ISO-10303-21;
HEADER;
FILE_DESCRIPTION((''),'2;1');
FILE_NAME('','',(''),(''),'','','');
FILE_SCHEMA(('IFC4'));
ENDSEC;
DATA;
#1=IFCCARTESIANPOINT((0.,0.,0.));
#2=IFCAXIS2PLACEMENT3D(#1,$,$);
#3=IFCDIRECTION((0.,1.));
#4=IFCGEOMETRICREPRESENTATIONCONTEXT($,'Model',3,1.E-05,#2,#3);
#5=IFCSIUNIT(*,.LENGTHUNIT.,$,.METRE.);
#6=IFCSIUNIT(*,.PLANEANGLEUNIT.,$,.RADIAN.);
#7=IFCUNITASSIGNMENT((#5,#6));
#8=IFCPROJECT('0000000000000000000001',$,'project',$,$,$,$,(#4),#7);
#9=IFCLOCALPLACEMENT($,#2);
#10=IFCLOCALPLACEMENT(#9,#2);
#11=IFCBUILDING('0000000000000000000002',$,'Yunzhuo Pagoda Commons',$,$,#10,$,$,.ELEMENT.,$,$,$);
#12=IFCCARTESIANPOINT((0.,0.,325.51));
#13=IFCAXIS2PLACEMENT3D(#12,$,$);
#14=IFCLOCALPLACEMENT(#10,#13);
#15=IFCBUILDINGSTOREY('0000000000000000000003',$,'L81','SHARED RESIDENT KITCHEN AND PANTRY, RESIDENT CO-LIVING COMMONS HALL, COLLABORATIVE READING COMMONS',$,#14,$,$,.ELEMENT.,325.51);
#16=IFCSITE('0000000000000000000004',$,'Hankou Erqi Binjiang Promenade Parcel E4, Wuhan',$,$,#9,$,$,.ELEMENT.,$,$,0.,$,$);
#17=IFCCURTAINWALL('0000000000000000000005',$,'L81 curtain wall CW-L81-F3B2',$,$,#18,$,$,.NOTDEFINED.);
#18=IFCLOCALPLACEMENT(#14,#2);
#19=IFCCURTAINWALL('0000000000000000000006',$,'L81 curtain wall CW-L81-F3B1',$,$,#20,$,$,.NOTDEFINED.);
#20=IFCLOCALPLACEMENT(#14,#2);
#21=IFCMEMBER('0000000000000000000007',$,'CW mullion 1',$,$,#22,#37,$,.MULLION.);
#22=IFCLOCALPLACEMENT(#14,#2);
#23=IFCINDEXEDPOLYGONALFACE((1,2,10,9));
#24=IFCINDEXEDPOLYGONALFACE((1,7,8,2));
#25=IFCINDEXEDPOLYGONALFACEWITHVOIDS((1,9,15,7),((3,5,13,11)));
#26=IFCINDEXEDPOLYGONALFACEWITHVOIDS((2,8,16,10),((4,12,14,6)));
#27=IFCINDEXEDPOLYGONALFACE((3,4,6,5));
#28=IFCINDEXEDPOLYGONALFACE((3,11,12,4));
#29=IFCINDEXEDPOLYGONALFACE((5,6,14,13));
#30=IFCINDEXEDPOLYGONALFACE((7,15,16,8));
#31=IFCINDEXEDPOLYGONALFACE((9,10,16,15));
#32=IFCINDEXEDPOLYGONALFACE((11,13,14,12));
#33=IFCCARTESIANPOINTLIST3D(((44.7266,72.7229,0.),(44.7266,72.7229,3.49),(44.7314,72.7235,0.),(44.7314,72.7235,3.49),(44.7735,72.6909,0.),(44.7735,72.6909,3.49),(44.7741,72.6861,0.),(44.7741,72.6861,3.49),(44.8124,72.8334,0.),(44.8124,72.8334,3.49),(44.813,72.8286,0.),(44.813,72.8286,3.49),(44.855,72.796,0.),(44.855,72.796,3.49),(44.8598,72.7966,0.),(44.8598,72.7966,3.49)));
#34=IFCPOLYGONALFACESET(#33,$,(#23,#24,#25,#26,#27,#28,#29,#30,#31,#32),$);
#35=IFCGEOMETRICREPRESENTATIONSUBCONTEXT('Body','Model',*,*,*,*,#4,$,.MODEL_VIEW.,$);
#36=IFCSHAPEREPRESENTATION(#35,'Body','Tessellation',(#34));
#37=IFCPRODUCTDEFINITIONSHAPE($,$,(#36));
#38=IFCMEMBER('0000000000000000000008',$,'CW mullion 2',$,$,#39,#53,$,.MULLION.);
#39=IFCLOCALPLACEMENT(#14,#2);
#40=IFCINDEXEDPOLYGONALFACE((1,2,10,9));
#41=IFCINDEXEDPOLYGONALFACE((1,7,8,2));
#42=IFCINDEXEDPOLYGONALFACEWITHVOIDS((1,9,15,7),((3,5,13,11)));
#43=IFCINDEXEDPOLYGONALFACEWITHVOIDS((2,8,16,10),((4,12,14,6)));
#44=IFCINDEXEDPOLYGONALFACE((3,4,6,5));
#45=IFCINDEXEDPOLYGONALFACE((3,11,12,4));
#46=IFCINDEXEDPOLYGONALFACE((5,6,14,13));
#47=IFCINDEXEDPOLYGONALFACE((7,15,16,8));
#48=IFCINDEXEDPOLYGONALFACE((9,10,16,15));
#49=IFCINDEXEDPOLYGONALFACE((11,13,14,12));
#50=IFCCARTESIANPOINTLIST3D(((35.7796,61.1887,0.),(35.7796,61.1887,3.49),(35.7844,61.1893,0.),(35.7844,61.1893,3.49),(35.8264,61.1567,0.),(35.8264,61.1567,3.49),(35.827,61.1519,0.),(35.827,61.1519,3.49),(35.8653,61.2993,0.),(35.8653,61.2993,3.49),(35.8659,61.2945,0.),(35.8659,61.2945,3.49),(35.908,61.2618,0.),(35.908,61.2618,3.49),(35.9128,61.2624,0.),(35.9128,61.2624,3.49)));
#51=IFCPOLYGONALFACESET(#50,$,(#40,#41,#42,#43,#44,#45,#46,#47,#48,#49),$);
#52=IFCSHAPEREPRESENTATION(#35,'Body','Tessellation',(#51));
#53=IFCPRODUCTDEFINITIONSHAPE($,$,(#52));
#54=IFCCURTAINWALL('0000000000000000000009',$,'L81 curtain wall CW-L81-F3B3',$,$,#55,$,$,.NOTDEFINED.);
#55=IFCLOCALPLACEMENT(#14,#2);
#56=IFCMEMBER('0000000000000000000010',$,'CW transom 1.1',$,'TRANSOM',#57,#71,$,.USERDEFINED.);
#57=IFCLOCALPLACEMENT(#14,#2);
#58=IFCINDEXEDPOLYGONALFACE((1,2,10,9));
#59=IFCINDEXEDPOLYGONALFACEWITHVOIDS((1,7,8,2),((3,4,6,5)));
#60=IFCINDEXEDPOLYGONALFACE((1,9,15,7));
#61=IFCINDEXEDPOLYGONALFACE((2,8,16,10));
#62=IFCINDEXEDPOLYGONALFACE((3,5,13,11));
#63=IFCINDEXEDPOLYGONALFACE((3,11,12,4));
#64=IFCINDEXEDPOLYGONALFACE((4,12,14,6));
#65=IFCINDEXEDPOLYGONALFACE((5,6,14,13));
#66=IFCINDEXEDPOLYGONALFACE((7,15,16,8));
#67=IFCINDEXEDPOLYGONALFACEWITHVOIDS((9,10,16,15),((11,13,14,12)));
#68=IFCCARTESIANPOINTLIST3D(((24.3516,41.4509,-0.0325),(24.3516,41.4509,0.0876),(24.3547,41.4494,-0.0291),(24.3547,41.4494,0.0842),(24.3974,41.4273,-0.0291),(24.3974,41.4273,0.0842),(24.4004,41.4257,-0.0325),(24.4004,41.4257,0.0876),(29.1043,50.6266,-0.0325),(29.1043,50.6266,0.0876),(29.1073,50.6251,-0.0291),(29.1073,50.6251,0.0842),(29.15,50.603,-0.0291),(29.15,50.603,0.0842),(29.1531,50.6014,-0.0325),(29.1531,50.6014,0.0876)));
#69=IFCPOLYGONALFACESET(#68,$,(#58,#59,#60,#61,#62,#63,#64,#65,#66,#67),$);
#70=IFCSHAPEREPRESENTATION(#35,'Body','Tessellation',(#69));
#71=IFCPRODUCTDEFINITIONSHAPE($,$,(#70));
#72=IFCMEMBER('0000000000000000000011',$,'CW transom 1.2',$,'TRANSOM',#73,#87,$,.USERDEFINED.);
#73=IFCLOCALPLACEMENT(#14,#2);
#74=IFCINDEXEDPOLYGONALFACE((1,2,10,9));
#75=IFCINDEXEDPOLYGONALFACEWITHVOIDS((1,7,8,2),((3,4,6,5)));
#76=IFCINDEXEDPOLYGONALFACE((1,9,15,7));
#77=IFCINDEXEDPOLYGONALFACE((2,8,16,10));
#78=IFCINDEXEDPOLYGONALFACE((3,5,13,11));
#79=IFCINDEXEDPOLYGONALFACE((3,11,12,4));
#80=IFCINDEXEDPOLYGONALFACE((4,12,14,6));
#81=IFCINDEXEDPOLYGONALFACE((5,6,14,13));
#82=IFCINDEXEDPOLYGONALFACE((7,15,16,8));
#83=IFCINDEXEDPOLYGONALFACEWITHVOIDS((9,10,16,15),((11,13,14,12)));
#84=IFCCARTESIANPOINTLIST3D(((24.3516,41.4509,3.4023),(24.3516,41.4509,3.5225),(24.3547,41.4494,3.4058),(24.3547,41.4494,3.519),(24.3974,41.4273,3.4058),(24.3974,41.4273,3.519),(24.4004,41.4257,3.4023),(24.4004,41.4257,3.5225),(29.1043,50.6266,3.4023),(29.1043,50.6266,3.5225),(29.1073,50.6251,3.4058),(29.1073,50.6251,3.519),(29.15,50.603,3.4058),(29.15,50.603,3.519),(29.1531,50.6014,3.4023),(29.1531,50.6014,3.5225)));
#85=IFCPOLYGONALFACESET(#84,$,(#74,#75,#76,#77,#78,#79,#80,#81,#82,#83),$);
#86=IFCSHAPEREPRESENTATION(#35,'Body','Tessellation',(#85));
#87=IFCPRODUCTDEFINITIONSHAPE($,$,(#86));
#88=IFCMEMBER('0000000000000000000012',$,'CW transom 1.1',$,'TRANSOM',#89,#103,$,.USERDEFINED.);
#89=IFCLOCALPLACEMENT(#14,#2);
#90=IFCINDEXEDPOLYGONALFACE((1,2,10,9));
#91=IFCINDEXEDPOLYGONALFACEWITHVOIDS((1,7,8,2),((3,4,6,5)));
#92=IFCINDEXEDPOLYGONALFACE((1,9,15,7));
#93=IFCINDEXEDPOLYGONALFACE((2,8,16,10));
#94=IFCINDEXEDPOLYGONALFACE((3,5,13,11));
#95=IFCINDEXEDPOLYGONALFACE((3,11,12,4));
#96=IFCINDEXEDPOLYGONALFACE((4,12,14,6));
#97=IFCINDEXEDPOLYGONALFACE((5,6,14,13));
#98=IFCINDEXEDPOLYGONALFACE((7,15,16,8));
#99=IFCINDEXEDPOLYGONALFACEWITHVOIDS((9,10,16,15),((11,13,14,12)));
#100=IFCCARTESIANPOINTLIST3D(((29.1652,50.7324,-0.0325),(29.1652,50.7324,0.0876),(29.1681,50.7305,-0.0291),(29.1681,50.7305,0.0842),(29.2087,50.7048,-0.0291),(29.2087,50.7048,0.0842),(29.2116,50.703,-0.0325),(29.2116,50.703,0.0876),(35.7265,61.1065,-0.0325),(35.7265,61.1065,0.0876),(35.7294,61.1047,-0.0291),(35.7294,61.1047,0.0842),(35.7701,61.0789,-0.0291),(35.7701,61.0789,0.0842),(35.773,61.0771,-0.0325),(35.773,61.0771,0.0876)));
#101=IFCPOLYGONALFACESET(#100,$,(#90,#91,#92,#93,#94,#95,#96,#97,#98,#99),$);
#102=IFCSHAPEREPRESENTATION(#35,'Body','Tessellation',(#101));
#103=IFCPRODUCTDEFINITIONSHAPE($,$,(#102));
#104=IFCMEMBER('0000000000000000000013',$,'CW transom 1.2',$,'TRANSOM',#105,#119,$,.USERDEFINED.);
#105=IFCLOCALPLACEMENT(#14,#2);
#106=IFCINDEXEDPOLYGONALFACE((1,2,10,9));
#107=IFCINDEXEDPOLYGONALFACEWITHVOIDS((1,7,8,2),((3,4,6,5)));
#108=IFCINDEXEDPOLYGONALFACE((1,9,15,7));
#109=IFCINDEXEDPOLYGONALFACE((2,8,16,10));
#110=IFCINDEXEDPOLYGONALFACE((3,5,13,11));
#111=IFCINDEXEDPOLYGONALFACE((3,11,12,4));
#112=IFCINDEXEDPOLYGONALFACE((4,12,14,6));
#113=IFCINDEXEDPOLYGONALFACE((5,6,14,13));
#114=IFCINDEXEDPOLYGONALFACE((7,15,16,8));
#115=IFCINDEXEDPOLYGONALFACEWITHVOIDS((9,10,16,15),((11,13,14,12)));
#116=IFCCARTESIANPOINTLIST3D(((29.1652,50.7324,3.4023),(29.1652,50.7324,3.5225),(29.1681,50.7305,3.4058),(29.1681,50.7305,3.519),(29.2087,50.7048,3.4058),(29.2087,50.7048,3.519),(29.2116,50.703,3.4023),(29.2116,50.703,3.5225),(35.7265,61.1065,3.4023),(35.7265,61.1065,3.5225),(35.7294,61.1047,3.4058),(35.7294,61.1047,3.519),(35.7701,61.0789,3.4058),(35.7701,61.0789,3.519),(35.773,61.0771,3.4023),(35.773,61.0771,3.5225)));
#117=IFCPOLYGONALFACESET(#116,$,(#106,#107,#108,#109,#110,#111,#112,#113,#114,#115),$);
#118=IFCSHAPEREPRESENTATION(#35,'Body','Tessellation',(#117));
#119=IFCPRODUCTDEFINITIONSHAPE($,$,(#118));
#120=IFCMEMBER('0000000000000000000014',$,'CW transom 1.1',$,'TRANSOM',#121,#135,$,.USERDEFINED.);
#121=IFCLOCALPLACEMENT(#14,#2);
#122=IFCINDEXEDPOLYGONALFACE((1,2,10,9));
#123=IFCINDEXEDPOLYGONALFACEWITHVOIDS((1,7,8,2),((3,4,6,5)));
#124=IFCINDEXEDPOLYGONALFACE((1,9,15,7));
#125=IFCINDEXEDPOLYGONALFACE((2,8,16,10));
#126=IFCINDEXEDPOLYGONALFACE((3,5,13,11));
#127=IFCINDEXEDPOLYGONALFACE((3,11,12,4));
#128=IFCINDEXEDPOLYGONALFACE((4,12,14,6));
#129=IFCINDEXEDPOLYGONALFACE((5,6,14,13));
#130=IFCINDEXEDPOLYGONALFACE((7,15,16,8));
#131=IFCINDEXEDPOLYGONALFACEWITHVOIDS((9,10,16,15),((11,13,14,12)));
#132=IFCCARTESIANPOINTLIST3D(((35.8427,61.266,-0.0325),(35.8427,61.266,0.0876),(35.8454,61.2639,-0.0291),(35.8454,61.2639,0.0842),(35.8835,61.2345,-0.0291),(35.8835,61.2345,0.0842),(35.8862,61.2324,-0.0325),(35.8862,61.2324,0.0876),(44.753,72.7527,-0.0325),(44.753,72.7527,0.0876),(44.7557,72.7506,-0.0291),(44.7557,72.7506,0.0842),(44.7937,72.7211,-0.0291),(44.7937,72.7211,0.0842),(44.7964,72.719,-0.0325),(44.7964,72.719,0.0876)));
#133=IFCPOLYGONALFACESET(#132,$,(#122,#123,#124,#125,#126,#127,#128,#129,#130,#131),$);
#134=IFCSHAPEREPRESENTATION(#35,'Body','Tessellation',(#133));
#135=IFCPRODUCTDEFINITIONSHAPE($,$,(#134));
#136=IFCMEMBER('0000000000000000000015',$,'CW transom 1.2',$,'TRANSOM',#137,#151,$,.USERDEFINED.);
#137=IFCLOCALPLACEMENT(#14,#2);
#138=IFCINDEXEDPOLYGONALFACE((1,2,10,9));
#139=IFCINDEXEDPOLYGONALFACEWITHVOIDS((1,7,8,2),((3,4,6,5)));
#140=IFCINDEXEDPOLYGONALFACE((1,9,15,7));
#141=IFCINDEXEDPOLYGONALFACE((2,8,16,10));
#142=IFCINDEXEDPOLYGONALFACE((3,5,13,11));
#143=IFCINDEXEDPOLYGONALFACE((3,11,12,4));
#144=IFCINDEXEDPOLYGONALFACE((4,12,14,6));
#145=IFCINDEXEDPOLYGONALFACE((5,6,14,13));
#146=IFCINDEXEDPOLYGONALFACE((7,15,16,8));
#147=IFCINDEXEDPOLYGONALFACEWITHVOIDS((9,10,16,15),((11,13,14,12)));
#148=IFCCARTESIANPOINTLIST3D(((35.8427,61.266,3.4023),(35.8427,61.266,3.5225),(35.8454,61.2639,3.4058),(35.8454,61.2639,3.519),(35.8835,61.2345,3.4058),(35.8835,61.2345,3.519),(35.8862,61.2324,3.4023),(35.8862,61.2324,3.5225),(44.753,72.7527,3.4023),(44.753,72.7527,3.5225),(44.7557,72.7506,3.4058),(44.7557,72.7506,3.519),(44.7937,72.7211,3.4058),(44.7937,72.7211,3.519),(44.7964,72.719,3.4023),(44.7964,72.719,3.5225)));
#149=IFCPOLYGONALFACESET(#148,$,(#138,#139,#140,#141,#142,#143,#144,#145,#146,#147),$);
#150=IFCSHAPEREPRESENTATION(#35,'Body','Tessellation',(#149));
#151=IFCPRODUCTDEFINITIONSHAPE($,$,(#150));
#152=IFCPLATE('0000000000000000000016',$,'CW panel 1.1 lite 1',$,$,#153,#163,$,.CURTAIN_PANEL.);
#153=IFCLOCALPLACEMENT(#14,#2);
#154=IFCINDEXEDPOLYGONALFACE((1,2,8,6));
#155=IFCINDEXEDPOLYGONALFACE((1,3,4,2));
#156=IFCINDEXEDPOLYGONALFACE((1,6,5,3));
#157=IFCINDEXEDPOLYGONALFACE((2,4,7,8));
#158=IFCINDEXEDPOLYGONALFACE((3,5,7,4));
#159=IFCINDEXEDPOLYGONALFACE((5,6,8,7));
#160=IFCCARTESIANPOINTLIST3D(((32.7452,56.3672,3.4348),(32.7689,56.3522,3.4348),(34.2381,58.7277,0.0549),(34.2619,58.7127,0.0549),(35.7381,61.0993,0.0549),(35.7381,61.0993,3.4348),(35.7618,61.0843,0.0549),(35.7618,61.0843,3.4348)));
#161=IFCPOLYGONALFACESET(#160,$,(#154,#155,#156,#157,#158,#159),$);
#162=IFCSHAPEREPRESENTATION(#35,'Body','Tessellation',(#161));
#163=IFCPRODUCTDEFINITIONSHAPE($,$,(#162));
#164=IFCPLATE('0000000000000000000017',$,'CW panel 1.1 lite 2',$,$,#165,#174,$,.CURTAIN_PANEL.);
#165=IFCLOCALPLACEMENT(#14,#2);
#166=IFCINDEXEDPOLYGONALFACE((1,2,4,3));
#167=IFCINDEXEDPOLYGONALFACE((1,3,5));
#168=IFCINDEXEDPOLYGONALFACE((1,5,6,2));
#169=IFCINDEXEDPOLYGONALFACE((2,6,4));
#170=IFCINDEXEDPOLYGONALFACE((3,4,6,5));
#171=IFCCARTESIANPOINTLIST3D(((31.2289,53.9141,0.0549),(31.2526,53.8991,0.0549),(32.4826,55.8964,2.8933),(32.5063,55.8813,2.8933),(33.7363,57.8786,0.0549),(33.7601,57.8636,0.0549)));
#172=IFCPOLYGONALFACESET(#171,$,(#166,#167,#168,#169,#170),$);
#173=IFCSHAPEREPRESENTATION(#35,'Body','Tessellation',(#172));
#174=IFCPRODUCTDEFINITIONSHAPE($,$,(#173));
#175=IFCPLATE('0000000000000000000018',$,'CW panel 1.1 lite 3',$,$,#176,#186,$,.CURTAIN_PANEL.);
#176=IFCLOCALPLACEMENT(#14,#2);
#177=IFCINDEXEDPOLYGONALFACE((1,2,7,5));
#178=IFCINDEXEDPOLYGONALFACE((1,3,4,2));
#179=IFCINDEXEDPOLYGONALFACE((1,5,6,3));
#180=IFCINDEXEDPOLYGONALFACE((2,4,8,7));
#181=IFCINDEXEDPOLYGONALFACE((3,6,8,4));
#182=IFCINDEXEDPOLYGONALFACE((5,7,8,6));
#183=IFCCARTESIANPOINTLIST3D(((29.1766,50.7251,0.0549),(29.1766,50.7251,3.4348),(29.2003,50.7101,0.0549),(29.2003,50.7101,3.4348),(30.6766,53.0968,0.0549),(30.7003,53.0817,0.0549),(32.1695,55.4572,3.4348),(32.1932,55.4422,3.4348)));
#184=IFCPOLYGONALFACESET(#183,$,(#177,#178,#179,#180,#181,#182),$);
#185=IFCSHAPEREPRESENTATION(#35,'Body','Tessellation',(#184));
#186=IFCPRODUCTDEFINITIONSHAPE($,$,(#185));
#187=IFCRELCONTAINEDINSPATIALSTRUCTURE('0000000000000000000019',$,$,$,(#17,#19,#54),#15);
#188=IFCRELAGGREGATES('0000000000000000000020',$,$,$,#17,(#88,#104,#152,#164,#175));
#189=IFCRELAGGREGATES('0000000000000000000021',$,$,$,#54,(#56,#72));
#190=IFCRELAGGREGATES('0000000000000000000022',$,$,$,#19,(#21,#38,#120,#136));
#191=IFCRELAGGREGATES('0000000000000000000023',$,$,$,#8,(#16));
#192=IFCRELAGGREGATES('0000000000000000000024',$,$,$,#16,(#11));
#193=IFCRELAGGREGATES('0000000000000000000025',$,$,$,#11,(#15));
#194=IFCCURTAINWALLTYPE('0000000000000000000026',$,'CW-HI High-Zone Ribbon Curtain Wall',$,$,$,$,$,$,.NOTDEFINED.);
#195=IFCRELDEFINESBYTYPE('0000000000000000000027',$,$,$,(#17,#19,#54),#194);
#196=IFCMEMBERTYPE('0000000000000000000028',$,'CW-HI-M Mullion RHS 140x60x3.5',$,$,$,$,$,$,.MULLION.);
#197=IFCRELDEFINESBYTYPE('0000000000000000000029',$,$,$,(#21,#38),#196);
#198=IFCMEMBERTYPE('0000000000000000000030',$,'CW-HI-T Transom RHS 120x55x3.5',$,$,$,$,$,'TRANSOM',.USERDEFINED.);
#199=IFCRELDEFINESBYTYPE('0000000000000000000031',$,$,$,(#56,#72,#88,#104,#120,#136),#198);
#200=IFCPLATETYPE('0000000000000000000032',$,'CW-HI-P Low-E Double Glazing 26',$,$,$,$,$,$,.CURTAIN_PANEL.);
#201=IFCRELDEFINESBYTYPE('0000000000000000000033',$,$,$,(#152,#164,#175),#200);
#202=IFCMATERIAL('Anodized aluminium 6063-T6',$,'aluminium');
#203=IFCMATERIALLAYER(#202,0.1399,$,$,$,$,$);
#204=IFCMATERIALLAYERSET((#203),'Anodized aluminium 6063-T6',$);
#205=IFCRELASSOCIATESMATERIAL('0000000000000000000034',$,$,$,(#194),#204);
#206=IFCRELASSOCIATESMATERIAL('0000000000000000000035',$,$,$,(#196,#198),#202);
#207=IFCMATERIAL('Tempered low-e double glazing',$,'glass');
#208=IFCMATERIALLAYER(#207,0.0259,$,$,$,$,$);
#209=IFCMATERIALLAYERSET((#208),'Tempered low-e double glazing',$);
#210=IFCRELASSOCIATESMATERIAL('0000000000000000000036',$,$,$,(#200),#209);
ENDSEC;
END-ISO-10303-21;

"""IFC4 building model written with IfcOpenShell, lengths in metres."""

from ifc_helpers import new_model, si_unit, direction, frame, origin, origin_2d, place, context, subcontext, project, spatial, polyline, hollow_rectangle, outline, extrude, source, transform, mapped, material, layer, layer_set, material_profile, profile_set, type_object, element, aggregate, save


model = new_model("IFC4")

# Units and contexts
model_context = context("Model", 3, precision=1e-05, world=origin(), true_north=direction((0.0, 1.0)))
body_context = subcontext(model_context, "Body", "Model", "MODEL_VIEW")
ifc_project = project(units=[si_unit("LENGTHUNIT", "METRE"), si_unit("PLANEANGLEUNIT", "RADIAN")], contexts=[model_context])

# Site, building, storey
site_placement = place(None, origin())
site = spatial("IfcSite", under=ifc_project, at=site_placement, Name="Hankou Erqi Binjiang Promenade Parcel E4, Wuhan", CompositionType="ELEMENT", RefElevation=0.0)
building_placement = place(site_placement, origin())
building = spatial("IfcBuilding", under=site, at=building_placement, Name="Yunzhuo Pagoda Commons", CompositionType="ELEMENT")
storey_placement = place(building_placement, frame((0.0, 0.0, 325.51)))
storey = spatial("IfcBuildingStorey", under=building, at=storey_placement, Name="L81", Description="SHARED RESIDENT KITCHEN AND PANTRY, RESIDENT CO-LIVING COMMONS HALL, COLLABORATIVE READING COMMONS", CompositionType="ELEMENT", Elevation=325.51)

# Curtain walls, members
ifc_material_1 = material(Name="Anodized aluminium 6063-T6", Category="aluminium")
ifc_layer_1 = layer(ifc_material_1, 0.1399)
ifc_layer_set_1 = layer_set([ifc_layer_1], Name="Anodized aluminium 6063-T6")
curtain_wall_type = type_object("IfcCurtainWallType", Name="CW-HI High-Zone Ribbon Curtain Wall", PredefinedType="NOTDEFINED", material=ifc_layer_set_1)
curtain_wall_1_placement = place(storey_placement, origin())
curtain_wall_1 = element("IfcCurtainWall", 1, at=curtain_wall_1_placement, inside=storey, type_object=curtain_wall_type, Name="L81 curtain wall CW-L81-F3B2", PredefinedType="NOTDEFINED")
ifc_material_profile_1 = material_profile(ifc_material_1, hollow_rectangle(XDim=0.0601, YDim=0.1399, WallThickness=0.0034, at=origin_2d()), Name="Anodized aluminium 6063-T6")
ifc_profile_set_1 = profile_set([ifc_material_profile_1], Name="Anodized aluminium 6063-T6")
member_type_1 = type_object("IfcMemberType", Name="CW-HI-M Mullion RHS 140x60x3.5", PredefinedType="MULLION", material=ifc_profile_set_1)
shared_shape_1 = source(origin(), body_context, "Body", "SweptSolid", [
    extrude(hollow_rectangle(XDim=0.0601, YDim=0.1399, WallThickness=0.0034, at=origin_2d()), origin(), (0.0, 0.0, 1.0), 3.49),
])
curtain_wall_2_placement = place(storey_placement, origin())
curtain_wall_2 = element("IfcCurtainWall", 2, at=curtain_wall_2_placement, inside=storey, type_object=curtain_wall_type, Name="L81 curtain wall CW-L81-F3B1", PredefinedType="NOTDEFINED")
member_1_placement = place(storey_placement, frame((44.7932, 72.7598, 0.0), z_axis=(0.0, 0.0, 1.0), x_axis=(0.790147, -0.612918, 0.0)))
member_1 = element("IfcMember", 3, at=member_1_placement, type_object=member_type_1, Name="CW mullion 1", PredefinedType="MULLION", context=body_context, shape_type="MappedRepresentation", body=[
    mapped(shared_shape_1, transform((0.0, 0.0, 0.0), scale=1.0)),
])
member_2_placement = place(storey_placement, frame((35.8462, 61.2256, 0.0), z_axis=(0.0, 0.0, 1.0), x_axis=(0.790147, -0.612918, 0.0)))
member_2 = element("IfcMember", 4, at=member_2_placement, type_object=member_type_1, Name="CW mullion 2", PredefinedType="MULLION", context=body_context, shape_type="MappedRepresentation", body=[
    mapped(shared_shape_1, transform((0.0, 0.0, 0.0), scale=1.0)),
])
curtain_wall_3_placement = place(storey_placement, origin())
curtain_wall_3 = element("IfcCurtainWall", 5, at=curtain_wall_3_placement, inside=storey, type_object=curtain_wall_type, Name="L81 curtain wall CW-L81-F3B3", PredefinedType="NOTDEFINED")
ifc_material_profile_2 = material_profile(ifc_material_1, hollow_rectangle(XDim=0.0549, YDim=0.1201, WallThickness=0.0034, at=origin_2d()), Name="Anodized aluminium 6063-T6")
ifc_profile_set_2 = profile_set([ifc_material_profile_2], Name="Anodized aluminium 6063-T6")
member_type_2 = type_object("IfcMemberType", Name="CW-HI-T Transom RHS 120x55x3.5", ElementType="TRANSOM", PredefinedType="USERDEFINED", material=ifc_profile_set_2)
shared_shape_2 = source(origin(), body_context, "Body", "SweptSolid", [
    extrude(hollow_rectangle(XDim=0.0549, YDim=0.1201, WallThickness=0.0034, at=origin_2d()), origin(), (0.0, 0.0, 1.0), 10.3335),
])
member_3_placement = place(storey_placement, frame((29.1287, 50.614, 0.0276), z_axis=(-0.459926, -0.887957, 0.0), x_axis=(0.887957, -0.459926, 0.0)))
member_3 = element("IfcMember", 6, at=member_3_placement, type_object=member_type_2, Name="CW transom 1.1", ObjectType="TRANSOM", PredefinedType="USERDEFINED", context=body_context, shape_type="MappedRepresentation", body=[
    mapped(shared_shape_2, transform((0.0, 0.0, 0.0), scale=1.0)),
])
member_4_placement = place(storey_placement, frame((29.1287, 50.614, 3.4624), z_axis=(-0.459926, -0.887957, 0.0), x_axis=(0.887957, -0.459926, 0.0)))
member_4 = element("IfcMember", 7, at=member_4_placement, type_object=member_type_2, Name="CW transom 1.2", ObjectType="TRANSOM", PredefinedType="USERDEFINED", context=body_context, shape_type="MappedRepresentation", body=[
    mapped(shared_shape_2, transform((0.0, 0.0, 0.0), scale=1.0)),
])

# Members
shared_shape_3 = source(origin(), body_context, "Body", "SweptSolid", [
    extrude(hollow_rectangle(XDim=0.0549, YDim=0.1201, WallThickness=0.0034, at=origin_2d()), origin(), (0.0, 0.0, 1.0), 12.2749),
])
member_5_placement = place(storey_placement, frame((35.7498, 61.0918, 0.0276), z_axis=(-0.534532, -0.845148, 0.0), x_axis=(0.845148, -0.534532, 0.0)))
member_5 = element("IfcMember", 8, at=member_5_placement, type_object=member_type_2, Name="CW transom 1.1", ObjectType="TRANSOM", PredefinedType="USERDEFINED", context=body_context, shape_type="MappedRepresentation", body=[
    mapped(shared_shape_3, transform((0.0, 0.0, 0.0), scale=1.0)),
])
member_6_placement = place(storey_placement, frame((35.7498, 61.0918, 3.4624), z_axis=(-0.534532, -0.845148, 0.0), x_axis=(0.845148, -0.534532, 0.0)))
member_6 = element("IfcMember", 9, at=member_6_placement, type_object=member_type_2, Name="CW transom 1.2", ObjectType="TRANSOM", PredefinedType="USERDEFINED", context=body_context, shape_type="MappedRepresentation", body=[
    mapped(shared_shape_3, transform((0.0, 0.0, 0.0), scale=1.0)),
])
shared_shape_4 = source(origin(), body_context, "Body", "SweptSolid", [
    extrude(hollow_rectangle(XDim=0.0549, YDim=0.1201, WallThickness=0.0034, at=origin_2d()), origin(), (0.0, 0.0, 1.0), 14.5374),
])
member_7_placement = place(storey_placement, frame((44.7747, 72.7358, 0.0276), z_axis=(-0.612918, -0.790146, 0.0), x_axis=(0.790146, -0.612918, 0.0)))
member_7 = element("IfcMember", 10, at=member_7_placement, type_object=member_type_2, Name="CW transom 1.1", ObjectType="TRANSOM", PredefinedType="USERDEFINED", context=body_context, shape_type="MappedRepresentation", body=[
    mapped(shared_shape_4, transform((0.0, 0.0, 0.0), scale=1.0)),
])
member_8_placement = place(storey_placement, frame((44.7747, 72.7358, 3.4624), z_axis=(-0.612918, -0.790146, 0.0), x_axis=(0.790146, -0.612918, 0.0)))
member_8 = element("IfcMember", 11, at=member_8_placement, type_object=member_type_2, Name="CW transom 1.2", ObjectType="TRANSOM", PredefinedType="USERDEFINED", context=body_context, shape_type="MappedRepresentation", body=[
    mapped(shared_shape_4, transform((0.0, 0.0, 0.0), scale=1.0)),
])

# Plates
ifc_material_2 = material(Name="Tempered low-e double glazing", Category="glass")
ifc_layer_2 = layer(ifc_material_2, 0.0259)
ifc_layer_set_2 = layer_set([ifc_layer_2], Name="Tempered low-e double glazing")
plate_type_1 = type_object("IfcPlateType", Name="CW-HI-P Low-E Double Glazing 26", PredefinedType="CURTAIN_PANEL", material=ifc_layer_set_2)
plate_1_placement = place(storey_placement, frame((34.2654, 58.7183, 1.7449), z_axis=(-0.845149, 0.534531, 0.0), x_axis=(-0.534531, -0.845149, 0.0)))
plate_1 = element("IfcPlate", 12, at=plate_1_placement, type_object=plate_type_1, Name="CW panel 1.1 lite 1", PredefinedType="CURTAIN_PANEL", context=body_context, shape_type="SweptSolid", body=[
    extrude(outline(polyline([(-2.7996, -1.6899), (0.0066, -1.6899), (2.7996, 1.6899), (-2.7996, 1.6899), (-2.7996, -1.6899)])), origin(), (0.0, 0.0, 1.0), 0.0281),
])
plate_2_placement = place(storey_placement, frame((32.5063, 55.8813, 1.4741), z_axis=(-0.845149, 0.534531, 0.0), x_axis=(-0.534531, -0.845149, 0.0)))
plate_2 = element("IfcPlate", 13, at=plate_2_placement, type_object=plate_type_1, Name="CW panel 1.1 lite 2", PredefinedType="CURTAIN_PANEL", context=body_context, shape_type="SweptSolid", body=[
    extrude(outline(polyline([(-2.3455, -1.4192), (2.3455, -1.4192), (0.0, 1.4192), (-2.3455, -1.4192)])), origin(), (0.0, 0.0, 1.0), 0.0281),
])
plate_3_placement = place(storey_placement, frame((30.6968, 53.0762, 1.7449), z_axis=(-0.845149, 0.534531, 0.0), x_axis=(-0.534531, -0.845149, 0.0)))
plate_3 = element("IfcPlate", 14, at=plate_3_placement, type_object=plate_type_1, Name="CW panel 1.1 lite 3", PredefinedType="CURTAIN_PANEL", context=body_context, shape_type="SweptSolid", body=[
    extrude(outline(polyline([(-2.7996, 1.6899), (-0.0066, -1.6899), (2.7996, -1.6899), (2.7996, 1.6899), (-2.7996, 1.6899)])), origin(), (0.0, 0.0, 1.0), 0.0281),
])
aggregate(curtain_wall_1, [member_5, member_6, plate_1, plate_2, plate_3])
aggregate(curtain_wall_3, [member_3, member_4])

aggregate(curtain_wall_2, [member_1, member_2, member_7, member_8])

save(model, "model.ifc")
